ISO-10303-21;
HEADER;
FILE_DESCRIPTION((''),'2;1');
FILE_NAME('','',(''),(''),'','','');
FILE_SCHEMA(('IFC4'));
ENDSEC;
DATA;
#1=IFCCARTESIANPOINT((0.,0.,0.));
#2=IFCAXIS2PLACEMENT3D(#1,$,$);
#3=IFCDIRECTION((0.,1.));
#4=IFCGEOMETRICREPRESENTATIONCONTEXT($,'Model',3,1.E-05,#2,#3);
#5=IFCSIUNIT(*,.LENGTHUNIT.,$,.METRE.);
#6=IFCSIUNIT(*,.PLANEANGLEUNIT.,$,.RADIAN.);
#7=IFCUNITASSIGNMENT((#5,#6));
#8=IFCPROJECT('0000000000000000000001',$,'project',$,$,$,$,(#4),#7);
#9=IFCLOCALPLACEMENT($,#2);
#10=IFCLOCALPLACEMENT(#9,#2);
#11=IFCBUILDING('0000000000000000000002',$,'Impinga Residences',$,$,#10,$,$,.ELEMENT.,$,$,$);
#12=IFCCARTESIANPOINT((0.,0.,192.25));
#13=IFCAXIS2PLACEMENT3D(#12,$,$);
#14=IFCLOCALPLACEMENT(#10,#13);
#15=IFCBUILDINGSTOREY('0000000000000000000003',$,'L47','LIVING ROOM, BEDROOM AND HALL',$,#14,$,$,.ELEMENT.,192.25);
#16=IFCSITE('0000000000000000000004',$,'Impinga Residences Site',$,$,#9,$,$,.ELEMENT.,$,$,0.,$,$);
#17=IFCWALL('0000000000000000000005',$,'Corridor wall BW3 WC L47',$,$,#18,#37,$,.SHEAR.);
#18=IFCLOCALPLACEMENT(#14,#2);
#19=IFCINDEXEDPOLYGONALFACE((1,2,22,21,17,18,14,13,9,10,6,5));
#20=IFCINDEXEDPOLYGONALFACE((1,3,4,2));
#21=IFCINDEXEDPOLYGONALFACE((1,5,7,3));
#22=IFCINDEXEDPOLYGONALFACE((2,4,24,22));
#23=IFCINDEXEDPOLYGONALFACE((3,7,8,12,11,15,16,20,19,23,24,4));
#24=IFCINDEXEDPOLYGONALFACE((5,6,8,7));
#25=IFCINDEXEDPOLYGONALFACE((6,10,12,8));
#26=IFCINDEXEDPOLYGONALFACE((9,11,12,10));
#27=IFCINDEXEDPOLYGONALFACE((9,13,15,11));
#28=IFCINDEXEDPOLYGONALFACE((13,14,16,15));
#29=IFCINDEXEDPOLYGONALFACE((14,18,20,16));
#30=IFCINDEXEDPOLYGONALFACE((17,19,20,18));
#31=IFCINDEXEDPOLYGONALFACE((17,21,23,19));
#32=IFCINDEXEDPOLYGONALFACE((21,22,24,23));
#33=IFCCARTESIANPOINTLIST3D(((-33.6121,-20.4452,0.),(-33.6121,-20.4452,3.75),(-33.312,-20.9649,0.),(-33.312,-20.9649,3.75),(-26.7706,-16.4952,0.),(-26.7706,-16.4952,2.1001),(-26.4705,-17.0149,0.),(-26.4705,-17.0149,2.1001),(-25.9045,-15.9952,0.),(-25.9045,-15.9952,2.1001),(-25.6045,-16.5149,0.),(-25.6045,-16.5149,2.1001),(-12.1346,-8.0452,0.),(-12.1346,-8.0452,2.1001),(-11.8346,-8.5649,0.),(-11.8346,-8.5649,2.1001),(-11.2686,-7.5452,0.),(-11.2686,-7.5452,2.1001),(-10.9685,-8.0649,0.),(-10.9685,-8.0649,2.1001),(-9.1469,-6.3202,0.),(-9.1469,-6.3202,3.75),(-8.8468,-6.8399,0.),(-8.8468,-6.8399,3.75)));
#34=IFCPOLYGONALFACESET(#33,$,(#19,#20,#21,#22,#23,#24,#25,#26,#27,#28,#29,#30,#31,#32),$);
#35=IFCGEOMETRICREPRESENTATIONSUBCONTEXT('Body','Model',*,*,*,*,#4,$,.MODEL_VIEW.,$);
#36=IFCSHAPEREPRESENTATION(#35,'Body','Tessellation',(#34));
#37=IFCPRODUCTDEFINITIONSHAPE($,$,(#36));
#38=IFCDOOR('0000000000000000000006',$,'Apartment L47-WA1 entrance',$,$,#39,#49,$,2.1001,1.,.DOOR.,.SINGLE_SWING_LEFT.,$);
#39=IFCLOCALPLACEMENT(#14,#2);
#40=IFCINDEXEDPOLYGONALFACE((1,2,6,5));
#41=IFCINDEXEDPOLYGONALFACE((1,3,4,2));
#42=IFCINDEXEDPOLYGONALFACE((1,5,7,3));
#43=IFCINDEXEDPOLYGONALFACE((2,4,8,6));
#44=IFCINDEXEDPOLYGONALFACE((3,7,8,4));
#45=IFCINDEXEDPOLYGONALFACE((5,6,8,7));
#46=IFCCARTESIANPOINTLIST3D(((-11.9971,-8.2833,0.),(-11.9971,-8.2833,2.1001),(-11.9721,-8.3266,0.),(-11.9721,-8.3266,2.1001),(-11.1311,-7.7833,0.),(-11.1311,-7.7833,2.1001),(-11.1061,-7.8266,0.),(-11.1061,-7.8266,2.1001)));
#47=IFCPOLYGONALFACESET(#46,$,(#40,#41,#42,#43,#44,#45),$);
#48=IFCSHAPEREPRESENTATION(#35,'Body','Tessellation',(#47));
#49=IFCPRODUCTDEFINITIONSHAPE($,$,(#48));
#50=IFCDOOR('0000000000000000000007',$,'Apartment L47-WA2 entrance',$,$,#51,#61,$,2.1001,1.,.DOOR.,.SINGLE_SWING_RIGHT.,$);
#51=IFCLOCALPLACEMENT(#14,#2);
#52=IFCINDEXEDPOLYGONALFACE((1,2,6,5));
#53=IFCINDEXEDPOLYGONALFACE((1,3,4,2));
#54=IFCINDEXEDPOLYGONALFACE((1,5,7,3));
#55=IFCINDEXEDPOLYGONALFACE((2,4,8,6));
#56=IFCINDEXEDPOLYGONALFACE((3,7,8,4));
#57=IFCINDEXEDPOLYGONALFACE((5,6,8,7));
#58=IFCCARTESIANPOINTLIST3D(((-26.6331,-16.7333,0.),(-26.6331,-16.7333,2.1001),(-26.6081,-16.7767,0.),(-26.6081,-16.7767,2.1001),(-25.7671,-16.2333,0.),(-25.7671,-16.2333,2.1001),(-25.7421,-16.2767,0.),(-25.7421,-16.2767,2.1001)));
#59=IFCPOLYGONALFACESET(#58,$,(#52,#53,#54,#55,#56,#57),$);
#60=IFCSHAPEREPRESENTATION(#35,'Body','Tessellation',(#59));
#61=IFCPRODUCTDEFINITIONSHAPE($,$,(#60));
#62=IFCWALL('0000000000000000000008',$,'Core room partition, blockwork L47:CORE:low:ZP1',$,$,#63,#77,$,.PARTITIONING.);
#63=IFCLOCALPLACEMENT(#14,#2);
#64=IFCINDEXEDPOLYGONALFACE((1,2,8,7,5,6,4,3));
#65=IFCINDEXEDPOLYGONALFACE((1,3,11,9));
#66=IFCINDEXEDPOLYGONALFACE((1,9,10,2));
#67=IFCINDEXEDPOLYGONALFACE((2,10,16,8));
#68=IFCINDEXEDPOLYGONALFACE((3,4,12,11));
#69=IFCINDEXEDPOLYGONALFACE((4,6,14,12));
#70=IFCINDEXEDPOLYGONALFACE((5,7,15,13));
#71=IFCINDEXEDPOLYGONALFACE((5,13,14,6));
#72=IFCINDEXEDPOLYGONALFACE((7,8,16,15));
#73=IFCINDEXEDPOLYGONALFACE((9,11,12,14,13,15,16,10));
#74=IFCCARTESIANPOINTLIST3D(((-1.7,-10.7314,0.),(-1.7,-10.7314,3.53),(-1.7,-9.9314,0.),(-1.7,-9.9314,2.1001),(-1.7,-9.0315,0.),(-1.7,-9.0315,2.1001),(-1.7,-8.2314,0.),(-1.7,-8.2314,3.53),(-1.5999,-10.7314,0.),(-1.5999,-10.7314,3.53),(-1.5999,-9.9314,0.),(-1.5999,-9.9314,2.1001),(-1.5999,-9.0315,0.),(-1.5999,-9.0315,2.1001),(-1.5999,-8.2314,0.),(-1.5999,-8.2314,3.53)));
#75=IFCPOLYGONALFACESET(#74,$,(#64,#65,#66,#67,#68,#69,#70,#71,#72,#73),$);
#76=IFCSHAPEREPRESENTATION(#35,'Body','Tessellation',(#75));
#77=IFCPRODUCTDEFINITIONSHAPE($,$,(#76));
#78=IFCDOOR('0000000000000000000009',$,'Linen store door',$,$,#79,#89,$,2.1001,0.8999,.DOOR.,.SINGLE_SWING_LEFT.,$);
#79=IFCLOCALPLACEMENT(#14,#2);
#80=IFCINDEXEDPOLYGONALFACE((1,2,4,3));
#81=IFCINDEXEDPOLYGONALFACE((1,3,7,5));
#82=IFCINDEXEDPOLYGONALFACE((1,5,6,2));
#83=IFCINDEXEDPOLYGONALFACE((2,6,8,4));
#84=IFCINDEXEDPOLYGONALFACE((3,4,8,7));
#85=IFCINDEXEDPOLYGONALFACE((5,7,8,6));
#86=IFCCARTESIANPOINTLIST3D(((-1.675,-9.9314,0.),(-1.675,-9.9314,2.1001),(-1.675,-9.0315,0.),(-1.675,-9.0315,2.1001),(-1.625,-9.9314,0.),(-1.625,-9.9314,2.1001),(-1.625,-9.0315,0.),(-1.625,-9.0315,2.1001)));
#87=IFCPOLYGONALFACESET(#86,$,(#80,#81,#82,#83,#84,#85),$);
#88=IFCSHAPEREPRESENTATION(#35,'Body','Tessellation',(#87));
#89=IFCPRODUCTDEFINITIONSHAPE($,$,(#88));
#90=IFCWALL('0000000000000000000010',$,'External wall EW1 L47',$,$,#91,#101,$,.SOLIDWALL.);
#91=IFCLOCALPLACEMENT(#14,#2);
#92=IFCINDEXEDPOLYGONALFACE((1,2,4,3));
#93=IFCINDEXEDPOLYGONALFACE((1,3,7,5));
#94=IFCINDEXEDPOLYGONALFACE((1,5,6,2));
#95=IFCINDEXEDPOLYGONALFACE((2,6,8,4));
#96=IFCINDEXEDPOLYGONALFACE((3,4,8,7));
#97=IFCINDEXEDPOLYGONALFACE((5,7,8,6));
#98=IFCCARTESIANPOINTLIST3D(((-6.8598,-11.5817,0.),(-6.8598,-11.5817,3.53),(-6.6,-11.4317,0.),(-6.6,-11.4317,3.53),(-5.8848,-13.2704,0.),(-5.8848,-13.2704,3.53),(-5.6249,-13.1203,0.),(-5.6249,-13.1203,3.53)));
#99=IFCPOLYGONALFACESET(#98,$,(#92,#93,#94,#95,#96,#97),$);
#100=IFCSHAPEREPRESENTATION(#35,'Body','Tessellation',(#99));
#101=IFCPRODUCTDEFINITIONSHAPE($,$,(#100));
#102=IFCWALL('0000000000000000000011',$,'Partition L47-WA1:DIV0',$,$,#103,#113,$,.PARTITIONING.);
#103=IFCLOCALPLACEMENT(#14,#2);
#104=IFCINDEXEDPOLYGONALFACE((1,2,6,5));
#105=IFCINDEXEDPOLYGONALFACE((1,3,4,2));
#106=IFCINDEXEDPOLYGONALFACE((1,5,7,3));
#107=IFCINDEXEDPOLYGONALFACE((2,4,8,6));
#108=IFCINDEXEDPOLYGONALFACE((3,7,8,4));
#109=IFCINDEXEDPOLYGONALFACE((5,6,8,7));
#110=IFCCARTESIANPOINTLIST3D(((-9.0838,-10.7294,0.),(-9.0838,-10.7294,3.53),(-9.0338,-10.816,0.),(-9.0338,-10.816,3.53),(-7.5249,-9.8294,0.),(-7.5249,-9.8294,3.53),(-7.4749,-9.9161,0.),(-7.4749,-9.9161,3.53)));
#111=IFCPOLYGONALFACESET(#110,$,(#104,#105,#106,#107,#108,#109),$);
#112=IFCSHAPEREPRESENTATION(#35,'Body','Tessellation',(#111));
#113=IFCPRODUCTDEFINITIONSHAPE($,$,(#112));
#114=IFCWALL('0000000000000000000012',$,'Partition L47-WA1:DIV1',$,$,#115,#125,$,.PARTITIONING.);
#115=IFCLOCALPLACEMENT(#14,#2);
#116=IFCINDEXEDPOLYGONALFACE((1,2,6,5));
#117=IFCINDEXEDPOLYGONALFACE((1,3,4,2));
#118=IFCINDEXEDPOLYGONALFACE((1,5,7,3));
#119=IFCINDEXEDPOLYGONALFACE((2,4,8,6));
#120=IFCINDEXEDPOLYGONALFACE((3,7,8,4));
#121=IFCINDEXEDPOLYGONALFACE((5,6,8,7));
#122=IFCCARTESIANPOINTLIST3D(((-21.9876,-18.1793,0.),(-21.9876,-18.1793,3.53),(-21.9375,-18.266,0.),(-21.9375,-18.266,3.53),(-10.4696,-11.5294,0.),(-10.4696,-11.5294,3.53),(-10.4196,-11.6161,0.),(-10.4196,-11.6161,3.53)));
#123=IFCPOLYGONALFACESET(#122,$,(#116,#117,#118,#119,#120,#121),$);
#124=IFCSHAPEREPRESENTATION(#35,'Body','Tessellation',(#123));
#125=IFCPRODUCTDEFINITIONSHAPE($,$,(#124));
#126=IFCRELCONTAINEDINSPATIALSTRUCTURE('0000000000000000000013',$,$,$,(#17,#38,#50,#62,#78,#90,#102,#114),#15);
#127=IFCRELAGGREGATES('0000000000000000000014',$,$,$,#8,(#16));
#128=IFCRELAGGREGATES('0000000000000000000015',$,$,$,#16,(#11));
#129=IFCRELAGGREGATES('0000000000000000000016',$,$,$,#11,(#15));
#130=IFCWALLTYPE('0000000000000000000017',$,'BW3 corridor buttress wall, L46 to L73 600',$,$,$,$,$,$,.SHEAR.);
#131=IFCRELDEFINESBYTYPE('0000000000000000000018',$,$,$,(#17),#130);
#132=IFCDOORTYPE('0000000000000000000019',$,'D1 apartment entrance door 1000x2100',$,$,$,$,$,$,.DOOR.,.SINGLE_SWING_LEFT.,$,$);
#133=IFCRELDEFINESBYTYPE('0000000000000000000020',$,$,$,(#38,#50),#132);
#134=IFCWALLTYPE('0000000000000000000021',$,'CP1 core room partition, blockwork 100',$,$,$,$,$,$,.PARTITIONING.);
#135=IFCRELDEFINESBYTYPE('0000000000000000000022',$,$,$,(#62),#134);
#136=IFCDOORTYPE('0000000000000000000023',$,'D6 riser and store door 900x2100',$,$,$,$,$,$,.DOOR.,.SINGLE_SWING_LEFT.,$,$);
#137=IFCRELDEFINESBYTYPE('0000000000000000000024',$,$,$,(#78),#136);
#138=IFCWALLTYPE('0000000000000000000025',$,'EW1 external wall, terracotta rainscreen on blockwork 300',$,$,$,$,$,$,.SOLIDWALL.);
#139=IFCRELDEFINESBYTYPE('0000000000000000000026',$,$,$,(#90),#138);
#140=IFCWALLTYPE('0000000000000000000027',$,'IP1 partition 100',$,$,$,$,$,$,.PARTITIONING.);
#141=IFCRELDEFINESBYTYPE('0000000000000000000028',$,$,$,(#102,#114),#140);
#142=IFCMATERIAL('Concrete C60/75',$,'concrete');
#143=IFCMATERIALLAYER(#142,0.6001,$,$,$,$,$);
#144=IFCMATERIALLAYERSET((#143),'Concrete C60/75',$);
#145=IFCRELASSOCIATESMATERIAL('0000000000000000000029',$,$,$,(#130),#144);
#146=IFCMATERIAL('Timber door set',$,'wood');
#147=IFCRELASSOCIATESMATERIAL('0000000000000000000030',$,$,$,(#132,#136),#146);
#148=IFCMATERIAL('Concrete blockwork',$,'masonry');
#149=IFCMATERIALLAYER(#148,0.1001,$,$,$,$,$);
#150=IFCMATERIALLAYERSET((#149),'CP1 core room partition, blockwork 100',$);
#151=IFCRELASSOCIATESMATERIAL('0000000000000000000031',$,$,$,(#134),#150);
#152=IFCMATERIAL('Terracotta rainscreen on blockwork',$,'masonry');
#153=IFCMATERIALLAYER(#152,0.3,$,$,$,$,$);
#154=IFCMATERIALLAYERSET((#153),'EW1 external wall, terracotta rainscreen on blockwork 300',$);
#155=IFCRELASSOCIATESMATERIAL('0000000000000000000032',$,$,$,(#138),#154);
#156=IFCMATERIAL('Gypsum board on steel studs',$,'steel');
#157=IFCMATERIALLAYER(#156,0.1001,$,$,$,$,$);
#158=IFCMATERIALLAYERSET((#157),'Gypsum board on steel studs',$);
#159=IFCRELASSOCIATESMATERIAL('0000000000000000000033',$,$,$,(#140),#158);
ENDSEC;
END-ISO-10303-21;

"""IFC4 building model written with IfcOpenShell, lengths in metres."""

from ifc_helpers import new_model, si_unit, direction, frame, frame_2d, origin, place, context, subcontext, project, spatial, rectangle, extrude, material, layer, layer_set, type_object, element, fill, save


model = new_model("IFC4")

# Units and contexts
model_context = context("Model", 3, precision=1e-05, world=origin(), true_north=direction((0.0, 1.0)))
body_context = subcontext(model_context, "Body", "Model", "MODEL_VIEW")
ifc_project = project(units=[si_unit("LENGTHUNIT", "METRE"), si_unit("PLANEANGLEUNIT", "RADIAN")], contexts=[model_context])

# Site, building, storey
site_placement = place(None, origin())
site = spatial("IfcSite", under=ifc_project, at=site_placement, Name="Impinga Residences Site", CompositionType="ELEMENT", RefElevation=0.0)
building_placement = place(site_placement, origin())
building = spatial("IfcBuilding", under=site, at=building_placement, Name="Impinga Residences", CompositionType="ELEMENT")
storey_placement = place(building_placement, frame((0.0, 0.0, 192.25)))
storey = spatial("IfcBuildingStorey", under=building, at=storey_placement, Name="L47", Description="LIVING ROOM, BEDROOM AND HALL", CompositionType="ELEMENT", Elevation=192.25)

# Wall, openings, doors
ifc_material_1 = material(Name="Concrete C60/75", Category="concrete")
ifc_layer_1 = layer(ifc_material_1, 0.6001)
ifc_layer_set_1 = layer_set([ifc_layer_1], Name="Concrete C60/75")
wall_type_1 = type_object("IfcWallType", Name="BW3 corridor buttress wall, L46 to L73 600", PredefinedType="SHEAR", material=ifc_layer_set_1)
wall_1_placement = place(storey_placement, frame((-8.9968, -6.5801, 0.0), z_axis=(0.0, 0.0, 1.0), x_axis=(-0.866026, -0.499998, 0.0)))
wall_1 = element("IfcWall", 1, at=wall_1_placement, inside=storey, type_object=wall_type_1, Name="Corridor wall BW3 WC L47", PredefinedType="SHEAR", context=body_context, shape_type="SweptSolid", body=[
    extrude(rectangle(XDim=28.25, YDim=0.6001, at=frame_2d((14.125, 0.0))), origin(), (0.0, 0.0, 1.0), 3.75),
])
opening_1_placement = place(wall_1_placement, frame((2.45, 0.0, 0.0)))
opening_1 = element("IfcOpeningElement", 2, at=opening_1_placement, cuts=wall_1, PredefinedType="OPENING", context=body_context, shape_type="SweptSolid", body=[
    extrude(rectangle(XDim=1.0, YDim=2.1001, at=frame_2d((0.5, 1.05))), frame((0.0, 0.3101, 0.0), z_axis=(0.0, -1.0, 0.0), x_axis=(1.0, 0.0, 0.0)), (0.0, 0.0, 1.0), 0.6201),
])
opening_2_placement = place(wall_1_placement, frame((19.3501, 0.0, 0.0)))
opening_2 = element("IfcOpeningElement", 3, at=opening_2_placement, cuts=wall_1, PredefinedType="OPENING", context=body_context, shape_type="SweptSolid", body=[
    extrude(rectangle(XDim=1.0, YDim=2.1001, at=frame_2d((0.5, 1.05))), frame((0.0, 0.3101, 0.0), z_axis=(0.0, -1.0, 0.0), x_axis=(1.0, 0.0, 0.0)), (0.0, 0.0, 1.0), 0.6201),
])
ifc_material_2 = material(Name="Timber door set", Category="wood")
door_type_1 = type_object("IfcDoorType", Name="D1 apartment entrance door 1000x2100", OperationType="SINGLE_SWING_LEFT", PredefinedType="DOOR", material=ifc_material_2)
door_1_placement = place(opening_1_placement, origin())
door_1 = element("IfcDoor", 4, at=door_1_placement, inside=storey, type_object=door_type_1, Name="Apartment L47-WA1 entrance", OperationType="SINGLE_SWING_LEFT", OverallHeight=2.1001, OverallWidth=1.0, PredefinedType="DOOR", context=body_context, shape_type="SweptSolid", body=[
    extrude(rectangle(XDim=1.0, YDim=2.1001, at=frame_2d((0.5, 1.05))), frame((0.0, 0.0249, 0.0), z_axis=(0.0, -1.0, 0.0), x_axis=(1.0, 0.0, 0.0)), (0.0, 0.0, 1.0), 0.05),
])
fill(opening_1, door_1)
door_2_placement = place(opening_2_placement, origin())
door_2 = element("IfcDoor", 5, at=door_2_placement, inside=storey, type_object=door_type_1, Name="Apartment L47-WA2 entrance", OperationType="SINGLE_SWING_RIGHT", OverallHeight=2.1001, OverallWidth=1.0, PredefinedType="DOOR", context=body_context, shape_type="SweptSolid", body=[
    extrude(rectangle(XDim=1.0, YDim=2.1001, at=frame_2d((0.5, 1.05))), frame((0.0, 0.0249, 0.0), z_axis=(0.0, -1.0, 0.0), x_axis=(1.0, 0.0, 0.0)), (0.0, 0.0, 1.0), 0.05),
])
fill(opening_2, door_2)

# Wall, opening, door
ifc_material_3 = material(Name="Concrete blockwork", Category="masonry")
ifc_layer_2 = layer(ifc_material_3, 0.1001)
ifc_layer_set_2 = layer_set([ifc_layer_2], Name="CP1 core room partition, blockwork 100")
wall_type_2 = type_object("IfcWallType", Name="CP1 core room partition, blockwork 100", PredefinedType="PARTITIONING", material=ifc_layer_set_2)
wall_2_placement = place(storey_placement, frame((-1.6499, -8.2314, 0.0), z_axis=(0.0, 0.0, 1.0), x_axis=(0.0, -1.0, 0.0)))
wall_2 = element("IfcWall", 6, at=wall_2_placement, inside=storey, type_object=wall_type_2, Name="Core room partition, blockwork L47:CORE:low:ZP1", PredefinedType="PARTITIONING", context=body_context, shape_type="SweptSolid", body=[
    extrude(rectangle(XDim=2.5, YDim=0.1001, at=frame_2d((1.25, 0.0))), origin(), (0.0, 0.0, 1.0), 3.53),
])
opening_3_placement = place(wall_2_placement, frame((0.8, 0.0, 0.0)))
opening_3 = element("IfcOpeningElement", 7, at=opening_3_placement, cuts=wall_2, PredefinedType="OPENING", context=body_context, shape_type="SweptSolid", body=[
    extrude(rectangle(XDim=0.8999, YDim=2.1001, at=frame_2d((0.45, 1.05))), frame((0.0, 0.0601, 0.0), z_axis=(0.0, -1.0, 0.0), x_axis=(1.0, 0.0, 0.0)), (0.0, 0.0, 1.0), 0.1201),
])
door_type_2 = type_object("IfcDoorType", Name="D6 riser and store door 900x2100", OperationType="SINGLE_SWING_LEFT", PredefinedType="DOOR", material=ifc_material_2)
door_3_placement = place(opening_3_placement, origin())
door_3 = element("IfcDoor", 8, at=door_3_placement, inside=storey, type_object=door_type_2, Name="Linen store door", OperationType="SINGLE_SWING_LEFT", OverallHeight=2.1001, OverallWidth=0.8999, PredefinedType="DOOR", context=body_context, shape_type="SweptSolid", body=[
    extrude(rectangle(XDim=0.8999, YDim=2.1001, at=frame_2d((0.45, 1.05))), frame((0.0, 0.0249, 0.0), z_axis=(0.0, -1.0, 0.0), x_axis=(1.0, 0.0, 0.0)), (0.0, 0.0, 1.0), 0.05),
])
fill(opening_3, door_3)

# Walls
ifc_material_4 = material(Name="Terracotta rainscreen on blockwork", Category="masonry")
ifc_layer_3 = layer(ifc_material_4, 0.3)
ifc_layer_set_3 = layer_set([ifc_layer_3], Name="EW1 external wall, terracotta rainscreen on blockwork 300")
wall_type_3 = type_object("IfcWallType", Name="EW1 external wall, terracotta rainscreen on blockwork 300", PredefinedType="SOLIDWALL", material=ifc_layer_set_3)
wall_3_placement = place(storey_placement, frame((-6.73, -11.5066, 0.0), z_axis=(0.0, 0.0, 1.0), x_axis=(0.500044, -0.866, 0.0)))
element("IfcWall", 9, at=wall_3_placement, inside=storey, type_object=wall_type_3, Name="External wall EW1 L47", PredefinedType="SOLIDWALL", context=body_context, shape_type="SweptSolid", body=[
    extrude(rectangle(XDim=1.95, YDim=0.3, at=frame_2d((0.9751, 0.0))), origin(), (0.0, 0.0, 1.0), 3.53),
])
ifc_material_5 = material(Name="Gypsum board on steel studs", Category="steel")
ifc_layer_4 = layer(ifc_material_5, 0.1001)
ifc_layer_set_4 = layer_set([ifc_layer_4], Name="Gypsum board on steel studs")
wall_type_4 = type_object("IfcWallType", Name="IP1 partition 100", PredefinedType="PARTITIONING", material=ifc_layer_set_4)
wall_4_placement = place(storey_placement, frame((-7.5, -9.8728, 0.0), z_axis=(0.0, 0.0, 1.0), x_axis=(-0.866048, -0.499961, 0.0)))
element("IfcWall", 10, at=wall_4_placement, inside=storey, type_object=wall_type_4, Name="Partition L47-WA1:DIV0", PredefinedType="PARTITIONING", context=body_context, shape_type="SweptSolid", body=[
    extrude(rectangle(XDim=1.8, YDim=0.1001, at=frame_2d((0.8999, 0.0))), origin(), (0.0, 0.0, 1.0), 3.53),
])
wall_5_placement = place(storey_placement, frame((-10.4446, -11.5728, 0.0), z_axis=(0.0, 0.0, 1.0), x_axis=(-0.866027, -0.499997, 0.0)))
element("IfcWall", 11, at=wall_5_placement, inside=storey, type_object=wall_type_4, Name="Partition L47-WA1:DIV1", PredefinedType="PARTITIONING", context=body_context, shape_type="SweptSolid", body=[
    extrude(rectangle(XDim=13.2998, YDim=0.1001, at=frame_2d((6.6499, 0.0))), origin(), (0.0, 0.0, 1.0), 3.53),
])

save(model, "model.ifc")
